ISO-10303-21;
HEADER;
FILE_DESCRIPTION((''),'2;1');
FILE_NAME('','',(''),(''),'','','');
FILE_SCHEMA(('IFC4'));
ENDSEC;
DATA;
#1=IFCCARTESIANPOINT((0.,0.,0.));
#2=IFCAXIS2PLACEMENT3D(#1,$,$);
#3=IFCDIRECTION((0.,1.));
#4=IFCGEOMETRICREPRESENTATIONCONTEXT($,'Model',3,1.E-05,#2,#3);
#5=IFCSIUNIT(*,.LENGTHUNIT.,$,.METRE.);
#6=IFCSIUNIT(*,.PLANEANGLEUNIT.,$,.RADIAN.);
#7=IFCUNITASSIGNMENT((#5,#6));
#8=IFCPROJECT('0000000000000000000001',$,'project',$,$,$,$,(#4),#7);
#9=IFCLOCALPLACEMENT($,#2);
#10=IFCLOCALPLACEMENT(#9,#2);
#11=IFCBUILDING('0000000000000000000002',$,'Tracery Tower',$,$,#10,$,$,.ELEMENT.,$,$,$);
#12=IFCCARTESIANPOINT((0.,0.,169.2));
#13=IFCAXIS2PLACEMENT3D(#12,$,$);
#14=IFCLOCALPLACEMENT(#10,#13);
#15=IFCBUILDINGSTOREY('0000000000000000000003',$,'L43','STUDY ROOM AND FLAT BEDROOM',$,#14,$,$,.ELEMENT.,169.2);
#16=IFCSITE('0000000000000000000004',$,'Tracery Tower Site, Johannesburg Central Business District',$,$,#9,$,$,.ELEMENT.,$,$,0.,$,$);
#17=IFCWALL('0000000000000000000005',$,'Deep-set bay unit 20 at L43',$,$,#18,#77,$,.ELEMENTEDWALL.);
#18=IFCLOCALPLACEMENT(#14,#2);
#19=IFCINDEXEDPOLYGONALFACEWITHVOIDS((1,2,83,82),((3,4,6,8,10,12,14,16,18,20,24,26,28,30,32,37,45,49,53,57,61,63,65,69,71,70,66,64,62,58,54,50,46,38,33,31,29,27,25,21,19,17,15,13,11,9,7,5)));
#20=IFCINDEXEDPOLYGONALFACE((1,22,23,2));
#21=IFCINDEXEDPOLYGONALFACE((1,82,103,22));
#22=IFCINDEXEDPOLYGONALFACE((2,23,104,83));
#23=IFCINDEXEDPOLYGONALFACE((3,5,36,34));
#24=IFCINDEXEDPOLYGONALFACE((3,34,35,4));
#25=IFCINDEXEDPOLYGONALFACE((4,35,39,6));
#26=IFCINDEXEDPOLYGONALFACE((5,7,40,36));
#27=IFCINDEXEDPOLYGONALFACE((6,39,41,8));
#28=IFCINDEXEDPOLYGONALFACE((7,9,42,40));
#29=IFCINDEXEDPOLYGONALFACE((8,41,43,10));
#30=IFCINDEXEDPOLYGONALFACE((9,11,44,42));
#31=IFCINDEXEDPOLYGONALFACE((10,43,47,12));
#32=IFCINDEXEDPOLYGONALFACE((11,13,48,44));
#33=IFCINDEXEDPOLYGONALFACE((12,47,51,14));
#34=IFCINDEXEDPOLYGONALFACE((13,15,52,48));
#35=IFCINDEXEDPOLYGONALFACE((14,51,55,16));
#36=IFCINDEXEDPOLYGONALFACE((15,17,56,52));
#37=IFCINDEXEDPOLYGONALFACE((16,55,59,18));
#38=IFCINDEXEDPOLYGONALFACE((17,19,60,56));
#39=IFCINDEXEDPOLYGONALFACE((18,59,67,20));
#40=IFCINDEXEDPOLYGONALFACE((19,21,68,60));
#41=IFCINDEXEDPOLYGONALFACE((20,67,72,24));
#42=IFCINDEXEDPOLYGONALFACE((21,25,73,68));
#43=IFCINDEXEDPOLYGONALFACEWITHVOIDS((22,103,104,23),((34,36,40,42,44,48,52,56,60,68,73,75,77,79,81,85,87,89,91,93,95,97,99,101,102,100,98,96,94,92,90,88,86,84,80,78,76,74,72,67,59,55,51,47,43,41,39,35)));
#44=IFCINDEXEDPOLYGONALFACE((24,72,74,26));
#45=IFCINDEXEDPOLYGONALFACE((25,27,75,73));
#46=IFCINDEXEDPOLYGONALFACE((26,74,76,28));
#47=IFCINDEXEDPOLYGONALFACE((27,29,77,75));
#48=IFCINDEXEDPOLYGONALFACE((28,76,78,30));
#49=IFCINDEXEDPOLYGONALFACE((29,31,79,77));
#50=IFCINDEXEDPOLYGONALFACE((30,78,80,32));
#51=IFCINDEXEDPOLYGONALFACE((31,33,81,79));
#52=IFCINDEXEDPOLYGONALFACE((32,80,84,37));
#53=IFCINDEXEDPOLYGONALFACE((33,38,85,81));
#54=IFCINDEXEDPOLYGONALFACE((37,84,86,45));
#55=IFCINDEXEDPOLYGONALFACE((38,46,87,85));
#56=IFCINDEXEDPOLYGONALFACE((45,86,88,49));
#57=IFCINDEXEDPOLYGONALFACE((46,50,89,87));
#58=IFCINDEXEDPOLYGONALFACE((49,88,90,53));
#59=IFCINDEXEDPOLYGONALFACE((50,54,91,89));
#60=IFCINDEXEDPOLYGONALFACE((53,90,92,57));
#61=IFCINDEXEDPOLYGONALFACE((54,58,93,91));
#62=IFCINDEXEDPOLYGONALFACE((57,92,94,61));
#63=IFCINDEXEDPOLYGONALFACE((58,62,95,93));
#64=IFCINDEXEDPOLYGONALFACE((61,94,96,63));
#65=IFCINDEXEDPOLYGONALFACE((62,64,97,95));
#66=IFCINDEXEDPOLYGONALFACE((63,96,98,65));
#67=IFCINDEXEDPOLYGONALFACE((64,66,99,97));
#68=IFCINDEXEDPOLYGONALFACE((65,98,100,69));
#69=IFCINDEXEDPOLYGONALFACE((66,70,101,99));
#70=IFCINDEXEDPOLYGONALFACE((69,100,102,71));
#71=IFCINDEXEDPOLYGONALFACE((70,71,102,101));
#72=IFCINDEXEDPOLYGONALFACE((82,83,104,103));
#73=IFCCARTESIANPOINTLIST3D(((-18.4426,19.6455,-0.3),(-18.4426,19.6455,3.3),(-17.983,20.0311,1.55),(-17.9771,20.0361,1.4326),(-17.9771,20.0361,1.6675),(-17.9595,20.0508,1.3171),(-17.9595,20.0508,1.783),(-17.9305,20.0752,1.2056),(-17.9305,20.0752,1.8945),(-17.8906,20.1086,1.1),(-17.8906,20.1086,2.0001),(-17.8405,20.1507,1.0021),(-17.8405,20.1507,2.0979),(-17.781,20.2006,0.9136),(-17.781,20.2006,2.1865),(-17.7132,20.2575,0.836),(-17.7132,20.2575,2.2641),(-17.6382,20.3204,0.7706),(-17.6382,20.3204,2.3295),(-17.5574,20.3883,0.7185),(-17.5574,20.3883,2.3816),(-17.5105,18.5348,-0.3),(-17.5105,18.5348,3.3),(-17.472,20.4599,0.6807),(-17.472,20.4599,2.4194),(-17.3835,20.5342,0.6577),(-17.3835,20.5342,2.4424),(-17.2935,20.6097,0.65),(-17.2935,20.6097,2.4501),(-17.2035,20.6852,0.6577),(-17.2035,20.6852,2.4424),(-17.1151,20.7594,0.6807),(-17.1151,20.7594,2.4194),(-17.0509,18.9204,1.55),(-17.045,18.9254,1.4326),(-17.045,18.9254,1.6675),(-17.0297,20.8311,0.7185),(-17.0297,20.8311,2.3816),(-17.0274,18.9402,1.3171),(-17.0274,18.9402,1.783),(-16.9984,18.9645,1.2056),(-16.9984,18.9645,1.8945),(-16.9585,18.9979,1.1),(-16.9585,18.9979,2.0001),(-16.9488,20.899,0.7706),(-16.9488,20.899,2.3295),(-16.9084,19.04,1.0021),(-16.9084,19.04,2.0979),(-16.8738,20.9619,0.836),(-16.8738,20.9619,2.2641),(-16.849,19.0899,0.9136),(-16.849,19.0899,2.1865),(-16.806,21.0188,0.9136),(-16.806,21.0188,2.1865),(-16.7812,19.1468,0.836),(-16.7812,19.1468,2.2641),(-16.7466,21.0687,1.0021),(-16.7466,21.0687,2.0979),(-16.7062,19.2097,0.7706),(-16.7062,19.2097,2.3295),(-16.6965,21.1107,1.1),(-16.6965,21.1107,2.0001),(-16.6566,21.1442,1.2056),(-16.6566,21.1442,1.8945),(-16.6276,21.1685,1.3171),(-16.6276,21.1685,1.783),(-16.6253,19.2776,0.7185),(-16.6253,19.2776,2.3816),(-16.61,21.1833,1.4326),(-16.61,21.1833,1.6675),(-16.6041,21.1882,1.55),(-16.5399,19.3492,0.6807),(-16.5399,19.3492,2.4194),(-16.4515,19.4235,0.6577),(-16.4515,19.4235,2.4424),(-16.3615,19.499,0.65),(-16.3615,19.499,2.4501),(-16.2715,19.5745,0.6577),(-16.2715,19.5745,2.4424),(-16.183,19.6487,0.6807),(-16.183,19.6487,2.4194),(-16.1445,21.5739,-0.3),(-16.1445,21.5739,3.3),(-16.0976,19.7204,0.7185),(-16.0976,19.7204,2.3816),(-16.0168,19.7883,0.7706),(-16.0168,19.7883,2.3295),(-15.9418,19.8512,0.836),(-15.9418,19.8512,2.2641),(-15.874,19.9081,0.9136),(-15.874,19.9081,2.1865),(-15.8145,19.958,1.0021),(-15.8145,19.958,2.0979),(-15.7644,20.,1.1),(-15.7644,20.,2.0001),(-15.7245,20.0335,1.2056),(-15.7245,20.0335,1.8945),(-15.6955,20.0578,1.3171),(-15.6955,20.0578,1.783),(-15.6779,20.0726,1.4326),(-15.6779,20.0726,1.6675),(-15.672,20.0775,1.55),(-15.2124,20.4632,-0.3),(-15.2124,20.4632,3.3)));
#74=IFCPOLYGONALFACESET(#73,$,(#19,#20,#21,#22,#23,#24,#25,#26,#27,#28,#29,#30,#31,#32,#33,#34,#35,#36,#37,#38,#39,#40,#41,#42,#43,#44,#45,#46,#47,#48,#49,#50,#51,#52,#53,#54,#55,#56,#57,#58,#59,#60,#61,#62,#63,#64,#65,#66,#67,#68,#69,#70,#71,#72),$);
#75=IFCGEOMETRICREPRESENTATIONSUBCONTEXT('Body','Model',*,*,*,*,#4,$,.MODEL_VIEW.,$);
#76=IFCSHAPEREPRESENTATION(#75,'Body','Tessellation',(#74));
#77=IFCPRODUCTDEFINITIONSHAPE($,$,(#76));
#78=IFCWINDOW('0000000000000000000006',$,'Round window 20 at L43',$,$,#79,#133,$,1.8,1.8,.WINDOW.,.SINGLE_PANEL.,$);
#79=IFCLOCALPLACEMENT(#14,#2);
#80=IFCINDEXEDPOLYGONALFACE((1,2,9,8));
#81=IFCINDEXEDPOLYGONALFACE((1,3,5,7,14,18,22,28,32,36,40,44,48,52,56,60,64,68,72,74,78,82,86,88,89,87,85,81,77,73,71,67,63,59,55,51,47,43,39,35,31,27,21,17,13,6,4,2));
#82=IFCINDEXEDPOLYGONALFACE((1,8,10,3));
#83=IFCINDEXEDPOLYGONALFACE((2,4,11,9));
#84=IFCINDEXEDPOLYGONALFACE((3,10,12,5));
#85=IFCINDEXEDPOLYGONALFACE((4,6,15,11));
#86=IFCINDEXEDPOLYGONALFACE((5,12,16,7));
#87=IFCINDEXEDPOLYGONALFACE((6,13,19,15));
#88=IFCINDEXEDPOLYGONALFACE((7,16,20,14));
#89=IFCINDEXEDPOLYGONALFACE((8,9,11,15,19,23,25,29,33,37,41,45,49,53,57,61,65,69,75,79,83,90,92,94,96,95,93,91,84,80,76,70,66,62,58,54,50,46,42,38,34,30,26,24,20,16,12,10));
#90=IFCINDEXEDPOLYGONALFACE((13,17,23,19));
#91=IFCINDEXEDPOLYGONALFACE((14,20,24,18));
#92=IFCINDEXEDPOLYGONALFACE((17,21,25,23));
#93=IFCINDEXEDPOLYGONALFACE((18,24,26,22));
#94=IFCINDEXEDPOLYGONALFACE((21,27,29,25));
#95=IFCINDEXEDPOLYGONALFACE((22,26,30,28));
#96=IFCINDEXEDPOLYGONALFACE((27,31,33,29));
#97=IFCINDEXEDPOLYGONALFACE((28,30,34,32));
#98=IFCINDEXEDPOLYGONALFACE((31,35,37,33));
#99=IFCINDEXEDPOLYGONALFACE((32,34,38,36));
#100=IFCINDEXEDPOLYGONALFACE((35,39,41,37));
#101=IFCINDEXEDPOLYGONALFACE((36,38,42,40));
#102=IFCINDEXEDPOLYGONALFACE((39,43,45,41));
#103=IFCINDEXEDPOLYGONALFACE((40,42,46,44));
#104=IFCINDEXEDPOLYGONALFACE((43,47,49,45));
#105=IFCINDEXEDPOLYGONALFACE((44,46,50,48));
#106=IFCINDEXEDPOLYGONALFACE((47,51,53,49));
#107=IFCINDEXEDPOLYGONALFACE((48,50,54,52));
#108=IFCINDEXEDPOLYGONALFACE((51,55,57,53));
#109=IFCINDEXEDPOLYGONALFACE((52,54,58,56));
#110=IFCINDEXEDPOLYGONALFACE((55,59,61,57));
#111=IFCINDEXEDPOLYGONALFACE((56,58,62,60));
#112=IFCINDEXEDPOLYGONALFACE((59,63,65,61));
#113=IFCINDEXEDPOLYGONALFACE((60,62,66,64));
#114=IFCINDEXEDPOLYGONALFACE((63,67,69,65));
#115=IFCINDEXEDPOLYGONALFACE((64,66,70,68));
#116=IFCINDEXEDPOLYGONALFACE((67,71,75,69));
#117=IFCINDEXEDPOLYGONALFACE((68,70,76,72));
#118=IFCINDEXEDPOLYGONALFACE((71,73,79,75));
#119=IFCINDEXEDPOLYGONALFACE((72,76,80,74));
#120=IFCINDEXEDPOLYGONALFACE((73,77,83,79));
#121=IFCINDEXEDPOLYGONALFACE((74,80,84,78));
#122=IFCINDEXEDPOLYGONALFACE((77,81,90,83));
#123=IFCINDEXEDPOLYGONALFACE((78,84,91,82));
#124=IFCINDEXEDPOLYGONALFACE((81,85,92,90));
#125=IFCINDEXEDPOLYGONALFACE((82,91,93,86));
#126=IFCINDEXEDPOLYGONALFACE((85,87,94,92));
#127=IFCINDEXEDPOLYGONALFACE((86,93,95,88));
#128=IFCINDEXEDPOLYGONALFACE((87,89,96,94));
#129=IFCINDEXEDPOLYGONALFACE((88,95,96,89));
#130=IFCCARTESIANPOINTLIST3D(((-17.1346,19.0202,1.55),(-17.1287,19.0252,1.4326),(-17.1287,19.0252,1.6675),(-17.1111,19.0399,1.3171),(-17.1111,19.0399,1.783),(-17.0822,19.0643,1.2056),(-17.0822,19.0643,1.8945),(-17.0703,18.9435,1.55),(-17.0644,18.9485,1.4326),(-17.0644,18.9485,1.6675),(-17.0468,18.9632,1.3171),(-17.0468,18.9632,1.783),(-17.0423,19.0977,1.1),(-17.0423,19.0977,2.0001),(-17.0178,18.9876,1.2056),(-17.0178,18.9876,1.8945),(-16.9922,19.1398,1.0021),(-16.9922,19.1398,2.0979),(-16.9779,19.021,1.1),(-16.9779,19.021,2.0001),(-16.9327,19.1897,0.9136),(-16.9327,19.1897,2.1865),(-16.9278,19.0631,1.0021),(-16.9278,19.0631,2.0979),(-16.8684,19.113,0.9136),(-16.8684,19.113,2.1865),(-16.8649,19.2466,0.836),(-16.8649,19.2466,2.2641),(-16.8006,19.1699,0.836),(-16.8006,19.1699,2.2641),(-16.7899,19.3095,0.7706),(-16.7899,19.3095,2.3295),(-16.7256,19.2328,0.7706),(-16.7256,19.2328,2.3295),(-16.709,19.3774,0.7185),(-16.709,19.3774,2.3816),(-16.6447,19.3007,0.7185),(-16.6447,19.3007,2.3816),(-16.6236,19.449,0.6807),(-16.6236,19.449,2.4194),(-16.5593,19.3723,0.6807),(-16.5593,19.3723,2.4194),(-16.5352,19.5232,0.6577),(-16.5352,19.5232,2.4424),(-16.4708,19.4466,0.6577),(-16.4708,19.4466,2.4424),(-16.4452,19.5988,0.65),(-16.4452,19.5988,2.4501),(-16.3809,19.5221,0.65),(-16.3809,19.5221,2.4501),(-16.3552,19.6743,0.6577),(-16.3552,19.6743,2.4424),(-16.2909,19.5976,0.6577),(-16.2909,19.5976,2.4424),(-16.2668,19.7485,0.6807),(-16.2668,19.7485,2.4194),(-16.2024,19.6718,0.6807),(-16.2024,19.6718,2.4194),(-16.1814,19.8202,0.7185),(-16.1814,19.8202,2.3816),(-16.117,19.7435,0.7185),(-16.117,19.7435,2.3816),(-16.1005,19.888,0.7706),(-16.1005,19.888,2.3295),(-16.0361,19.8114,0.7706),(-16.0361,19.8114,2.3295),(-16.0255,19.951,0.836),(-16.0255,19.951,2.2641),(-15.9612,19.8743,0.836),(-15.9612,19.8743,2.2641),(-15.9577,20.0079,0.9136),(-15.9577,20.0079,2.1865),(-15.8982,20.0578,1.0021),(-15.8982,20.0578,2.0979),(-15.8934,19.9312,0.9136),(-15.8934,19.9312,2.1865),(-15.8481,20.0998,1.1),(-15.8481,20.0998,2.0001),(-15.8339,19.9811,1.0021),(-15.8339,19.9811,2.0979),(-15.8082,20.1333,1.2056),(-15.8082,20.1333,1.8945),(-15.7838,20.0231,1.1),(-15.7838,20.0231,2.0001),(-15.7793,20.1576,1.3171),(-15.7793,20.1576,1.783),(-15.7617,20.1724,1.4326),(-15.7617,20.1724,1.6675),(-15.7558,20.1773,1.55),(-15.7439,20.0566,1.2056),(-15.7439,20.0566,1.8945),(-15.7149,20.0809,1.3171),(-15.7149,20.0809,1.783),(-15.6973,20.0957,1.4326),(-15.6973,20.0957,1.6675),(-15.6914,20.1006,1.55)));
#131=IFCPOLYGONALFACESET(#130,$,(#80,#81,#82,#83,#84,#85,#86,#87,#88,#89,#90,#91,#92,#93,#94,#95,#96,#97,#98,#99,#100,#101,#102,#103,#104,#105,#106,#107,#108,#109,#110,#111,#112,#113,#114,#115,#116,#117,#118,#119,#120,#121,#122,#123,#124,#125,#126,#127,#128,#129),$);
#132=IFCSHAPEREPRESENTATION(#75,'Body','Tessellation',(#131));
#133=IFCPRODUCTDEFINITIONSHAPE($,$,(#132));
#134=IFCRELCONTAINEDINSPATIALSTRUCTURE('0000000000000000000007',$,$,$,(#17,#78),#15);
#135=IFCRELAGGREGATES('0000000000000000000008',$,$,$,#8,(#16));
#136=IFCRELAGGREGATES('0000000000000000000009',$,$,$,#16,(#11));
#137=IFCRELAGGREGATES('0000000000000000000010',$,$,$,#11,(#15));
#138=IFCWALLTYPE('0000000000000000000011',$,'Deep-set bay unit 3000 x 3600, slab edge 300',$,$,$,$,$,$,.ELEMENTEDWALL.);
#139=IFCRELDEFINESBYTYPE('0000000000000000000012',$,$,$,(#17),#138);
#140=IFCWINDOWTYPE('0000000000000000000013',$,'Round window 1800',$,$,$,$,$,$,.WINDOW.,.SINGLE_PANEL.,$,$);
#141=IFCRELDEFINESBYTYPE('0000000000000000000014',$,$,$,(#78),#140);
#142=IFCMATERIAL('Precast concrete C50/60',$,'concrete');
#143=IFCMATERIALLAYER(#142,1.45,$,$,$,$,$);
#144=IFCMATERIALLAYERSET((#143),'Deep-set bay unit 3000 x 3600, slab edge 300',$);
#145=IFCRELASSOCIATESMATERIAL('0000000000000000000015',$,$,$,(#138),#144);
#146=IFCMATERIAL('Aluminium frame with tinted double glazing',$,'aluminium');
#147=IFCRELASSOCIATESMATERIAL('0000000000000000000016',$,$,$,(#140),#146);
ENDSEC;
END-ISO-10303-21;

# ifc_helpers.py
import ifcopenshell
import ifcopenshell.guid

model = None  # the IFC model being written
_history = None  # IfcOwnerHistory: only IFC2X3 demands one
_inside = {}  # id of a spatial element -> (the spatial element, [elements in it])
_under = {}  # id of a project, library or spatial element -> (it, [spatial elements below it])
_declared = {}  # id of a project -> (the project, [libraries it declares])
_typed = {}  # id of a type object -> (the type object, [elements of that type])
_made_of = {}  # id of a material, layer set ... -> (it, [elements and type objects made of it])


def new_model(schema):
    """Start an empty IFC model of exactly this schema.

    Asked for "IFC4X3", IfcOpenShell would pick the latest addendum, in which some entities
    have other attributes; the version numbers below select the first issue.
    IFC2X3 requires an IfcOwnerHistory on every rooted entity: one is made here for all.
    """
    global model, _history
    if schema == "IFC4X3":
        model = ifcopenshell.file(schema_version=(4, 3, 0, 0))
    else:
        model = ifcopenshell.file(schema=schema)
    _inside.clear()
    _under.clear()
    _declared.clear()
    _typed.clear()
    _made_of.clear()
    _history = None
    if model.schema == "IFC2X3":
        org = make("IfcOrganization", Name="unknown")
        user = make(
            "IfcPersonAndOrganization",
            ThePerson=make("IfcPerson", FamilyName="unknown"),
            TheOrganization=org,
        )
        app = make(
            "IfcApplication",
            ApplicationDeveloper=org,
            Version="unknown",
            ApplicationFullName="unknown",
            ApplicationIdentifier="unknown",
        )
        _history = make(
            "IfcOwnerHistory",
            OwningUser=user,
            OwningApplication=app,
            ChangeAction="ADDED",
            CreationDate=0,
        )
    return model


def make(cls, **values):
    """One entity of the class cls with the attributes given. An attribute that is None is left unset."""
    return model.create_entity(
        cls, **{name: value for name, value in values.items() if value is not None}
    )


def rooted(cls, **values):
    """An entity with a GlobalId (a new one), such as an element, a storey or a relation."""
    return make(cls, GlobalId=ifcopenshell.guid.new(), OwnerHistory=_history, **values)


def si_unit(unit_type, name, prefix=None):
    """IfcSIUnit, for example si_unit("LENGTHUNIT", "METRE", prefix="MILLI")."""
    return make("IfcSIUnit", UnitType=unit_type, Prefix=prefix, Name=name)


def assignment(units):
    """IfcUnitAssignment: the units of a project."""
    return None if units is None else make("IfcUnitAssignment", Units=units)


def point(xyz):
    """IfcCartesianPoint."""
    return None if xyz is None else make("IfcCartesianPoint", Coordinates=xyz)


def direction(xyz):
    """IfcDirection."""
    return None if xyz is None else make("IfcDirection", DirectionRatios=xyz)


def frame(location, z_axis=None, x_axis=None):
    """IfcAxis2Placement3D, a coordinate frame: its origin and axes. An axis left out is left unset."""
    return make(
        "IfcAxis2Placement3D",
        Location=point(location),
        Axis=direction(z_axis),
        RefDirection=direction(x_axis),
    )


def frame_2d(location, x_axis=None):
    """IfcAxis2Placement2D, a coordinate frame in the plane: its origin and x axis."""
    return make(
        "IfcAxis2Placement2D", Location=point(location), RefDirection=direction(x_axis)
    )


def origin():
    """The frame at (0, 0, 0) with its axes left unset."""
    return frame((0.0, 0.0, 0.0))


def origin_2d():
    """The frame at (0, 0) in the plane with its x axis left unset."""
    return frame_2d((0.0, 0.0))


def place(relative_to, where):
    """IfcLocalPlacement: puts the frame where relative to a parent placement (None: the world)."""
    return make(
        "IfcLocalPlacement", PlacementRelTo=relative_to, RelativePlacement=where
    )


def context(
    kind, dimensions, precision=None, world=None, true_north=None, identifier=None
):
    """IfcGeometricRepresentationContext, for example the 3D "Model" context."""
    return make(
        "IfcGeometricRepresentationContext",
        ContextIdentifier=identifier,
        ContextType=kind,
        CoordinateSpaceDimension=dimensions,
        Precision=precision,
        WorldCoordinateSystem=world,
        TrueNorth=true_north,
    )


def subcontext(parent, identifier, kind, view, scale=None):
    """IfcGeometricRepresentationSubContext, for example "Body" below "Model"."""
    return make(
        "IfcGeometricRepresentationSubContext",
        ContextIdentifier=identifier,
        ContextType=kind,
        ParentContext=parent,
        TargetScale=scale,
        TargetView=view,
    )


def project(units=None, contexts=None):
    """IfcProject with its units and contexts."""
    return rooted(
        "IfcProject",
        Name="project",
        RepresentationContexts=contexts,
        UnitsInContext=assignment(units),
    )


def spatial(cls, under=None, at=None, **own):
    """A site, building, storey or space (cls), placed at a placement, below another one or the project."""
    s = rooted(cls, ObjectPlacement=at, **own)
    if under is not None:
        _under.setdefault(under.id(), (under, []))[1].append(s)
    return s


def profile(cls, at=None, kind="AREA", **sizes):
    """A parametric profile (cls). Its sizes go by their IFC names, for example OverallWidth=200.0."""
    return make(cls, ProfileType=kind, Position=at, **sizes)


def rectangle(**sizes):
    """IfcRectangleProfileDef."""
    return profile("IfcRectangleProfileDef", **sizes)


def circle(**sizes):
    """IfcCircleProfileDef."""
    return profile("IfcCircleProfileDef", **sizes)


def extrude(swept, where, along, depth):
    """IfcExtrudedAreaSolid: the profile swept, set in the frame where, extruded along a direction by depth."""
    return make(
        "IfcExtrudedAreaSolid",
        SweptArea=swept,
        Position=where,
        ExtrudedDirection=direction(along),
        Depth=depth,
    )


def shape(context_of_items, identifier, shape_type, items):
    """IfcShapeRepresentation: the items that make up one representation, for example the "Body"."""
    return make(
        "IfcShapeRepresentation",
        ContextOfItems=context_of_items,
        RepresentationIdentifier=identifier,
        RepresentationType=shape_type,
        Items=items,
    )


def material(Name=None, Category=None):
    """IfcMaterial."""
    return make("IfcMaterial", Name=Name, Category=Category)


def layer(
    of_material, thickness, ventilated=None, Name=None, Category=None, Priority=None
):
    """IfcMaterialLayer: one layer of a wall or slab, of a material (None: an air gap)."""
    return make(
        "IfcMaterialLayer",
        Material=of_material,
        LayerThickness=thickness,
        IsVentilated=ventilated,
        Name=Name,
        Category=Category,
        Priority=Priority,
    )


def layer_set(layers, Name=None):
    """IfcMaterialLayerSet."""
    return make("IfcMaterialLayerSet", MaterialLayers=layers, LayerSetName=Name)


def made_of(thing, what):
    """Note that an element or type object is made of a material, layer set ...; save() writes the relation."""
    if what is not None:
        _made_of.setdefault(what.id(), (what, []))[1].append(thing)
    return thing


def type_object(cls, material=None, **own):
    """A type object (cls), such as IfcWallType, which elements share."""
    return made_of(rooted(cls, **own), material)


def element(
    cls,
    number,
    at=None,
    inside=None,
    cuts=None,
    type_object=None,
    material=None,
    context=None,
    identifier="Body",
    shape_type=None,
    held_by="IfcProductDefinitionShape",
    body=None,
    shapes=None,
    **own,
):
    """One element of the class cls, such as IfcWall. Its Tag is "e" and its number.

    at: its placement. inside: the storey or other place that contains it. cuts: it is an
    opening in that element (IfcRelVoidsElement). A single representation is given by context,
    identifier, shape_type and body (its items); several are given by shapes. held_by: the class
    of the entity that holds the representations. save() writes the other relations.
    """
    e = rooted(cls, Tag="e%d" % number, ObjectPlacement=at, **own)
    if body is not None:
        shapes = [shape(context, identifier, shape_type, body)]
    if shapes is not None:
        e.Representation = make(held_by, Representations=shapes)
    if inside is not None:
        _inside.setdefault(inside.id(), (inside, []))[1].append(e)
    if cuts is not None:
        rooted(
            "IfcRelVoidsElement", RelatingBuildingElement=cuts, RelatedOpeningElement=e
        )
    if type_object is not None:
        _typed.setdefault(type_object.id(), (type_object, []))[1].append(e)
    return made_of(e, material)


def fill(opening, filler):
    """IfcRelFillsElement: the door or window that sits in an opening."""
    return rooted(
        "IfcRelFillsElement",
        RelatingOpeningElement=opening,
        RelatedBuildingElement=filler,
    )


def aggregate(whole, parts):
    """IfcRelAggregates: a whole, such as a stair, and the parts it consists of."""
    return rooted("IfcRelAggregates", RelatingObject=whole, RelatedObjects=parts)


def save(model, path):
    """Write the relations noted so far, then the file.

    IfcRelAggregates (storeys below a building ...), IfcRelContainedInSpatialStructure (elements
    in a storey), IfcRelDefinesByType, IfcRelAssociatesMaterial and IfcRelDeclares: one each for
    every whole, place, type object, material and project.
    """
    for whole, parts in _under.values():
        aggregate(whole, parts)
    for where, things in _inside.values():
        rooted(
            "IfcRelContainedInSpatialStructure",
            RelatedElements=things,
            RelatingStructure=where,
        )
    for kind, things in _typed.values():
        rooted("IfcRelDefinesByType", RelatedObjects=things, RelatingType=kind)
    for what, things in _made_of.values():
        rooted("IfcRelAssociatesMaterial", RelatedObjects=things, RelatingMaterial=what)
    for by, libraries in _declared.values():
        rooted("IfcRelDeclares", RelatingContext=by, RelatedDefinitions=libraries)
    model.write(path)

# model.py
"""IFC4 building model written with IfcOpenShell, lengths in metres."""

from ifc_helpers import new_model, si_unit, direction, frame, frame_2d, origin, origin_2d, place, context, subcontext, project, spatial, rectangle, circle, extrude, material, layer, layer_set, type_object, element, fill, save


model = new_model("IFC4")

# Units and contexts
model_context = context("Model", 3, precision=1e-05, world=origin(), true_north=direction((0.0, 1.0)))
body_context = subcontext(model_context, "Body", "Model", "MODEL_VIEW")
ifc_project = project(units=[si_unit("LENGTHUNIT", "METRE"), si_unit("PLANEANGLEUNIT", "RADIAN")], contexts=[model_context])

# Site, building, storey
site_placement = place(None, origin())
site = spatial("IfcSite", under=ifc_project, at=site_placement, Name="Tracery Tower Site, Johannesburg Central Business District", CompositionType="ELEMENT", RefElevation=0.0)
building_placement = place(site_placement, origin())
building = spatial("IfcBuilding", under=site, at=building_placement, Name="Tracery Tower", CompositionType="ELEMENT")
storey_placement = place(building_placement, frame((0.0, 0.0, 169.2)))
storey = spatial("IfcBuildingStorey", under=building, at=storey_placement, Name="L43", Description="STUDY ROOM AND FLAT BEDROOM", CompositionType="ELEMENT", Elevation=169.2)

# Wall, opening, window
ifc_material_1 = material(Name="Precast concrete C50/60", Category="concrete")
ifc_layer_1 = layer(ifc_material_1, 1.45)
ifc_layer_set_1 = layer_set([ifc_layer_1], Name="Deep-set bay unit 3000 x 3600, slab edge 300")
wall_type_1 = type_object("IfcWallType", Name="Deep-set bay unit 3000 x 3600, slab edge 300", PredefinedType="ELEMENTEDWALL", material=ifc_layer_set_1)
wall_1_placement = place(storey_placement, frame((-15.6785, 21.0186, -0.3), z_axis=(0.0, 0.0, 1.0), x_axis=(-0.766022, -0.642814, 0.0)))
wall_1 = element("IfcWall", 1, at=wall_1_placement, inside=storey, type_object=wall_type_1, Name="Deep-set bay unit 20 at L43", PredefinedType="ELEMENTEDWALL", context=body_context, shape_type="SweptSolid", body=[
    extrude(rectangle(XDim=3.0, YDim=1.45, at=frame_2d((1.5, 0.0))), origin(), (0.0, 0.0, 1.0), 3.6001),
])
opening_1_placement = place(wall_1_placement, frame((1.5, 0.0, 1.8501)))
opening_1 = element("IfcOpeningElement", 2, at=opening_1_placement, cuts=wall_1, PredefinedType="OPENING", context=body_context, shape_type="SweptSolid", body=[
    extrude(circle(Radius=0.9, at=origin_2d()), frame((0.0, 0.7349, 0.0), z_axis=(0.0, -1.0, 0.0), x_axis=(1.0, 0.0, 0.0)), (0.0, 0.0, 1.0), 1.47),
])
ifc_material_2 = material(Name="Aluminium frame with tinted double glazing", Category="aluminium")
window_type = type_object("IfcWindowType", Name="Round window 1800", PartitioningType="SINGLE_PANEL", PredefinedType="WINDOW", material=ifc_material_2)
window_1_placement = place(opening_1_placement, origin())
window_1 = element("IfcWindow", 3, at=window_1_placement, inside=storey, type_object=window_type, Name="Round window 20 at L43", OverallHeight=1.8, OverallWidth=1.8, PartitioningType="SINGLE_PANEL", PredefinedType="WINDOW", context=body_context, shape_type="SweptSolid", body=[
    extrude(circle(Radius=0.9, at=origin_2d()), frame((0.0, 0.6948, 0.0), z_axis=(0.0, -1.0, 0.0), x_axis=(1.0, 0.0, 0.0)), (0.0, 0.0, 1.0), 0.1001),
])
fill(opening_1, window_1)

save(model, "model.ifc")
